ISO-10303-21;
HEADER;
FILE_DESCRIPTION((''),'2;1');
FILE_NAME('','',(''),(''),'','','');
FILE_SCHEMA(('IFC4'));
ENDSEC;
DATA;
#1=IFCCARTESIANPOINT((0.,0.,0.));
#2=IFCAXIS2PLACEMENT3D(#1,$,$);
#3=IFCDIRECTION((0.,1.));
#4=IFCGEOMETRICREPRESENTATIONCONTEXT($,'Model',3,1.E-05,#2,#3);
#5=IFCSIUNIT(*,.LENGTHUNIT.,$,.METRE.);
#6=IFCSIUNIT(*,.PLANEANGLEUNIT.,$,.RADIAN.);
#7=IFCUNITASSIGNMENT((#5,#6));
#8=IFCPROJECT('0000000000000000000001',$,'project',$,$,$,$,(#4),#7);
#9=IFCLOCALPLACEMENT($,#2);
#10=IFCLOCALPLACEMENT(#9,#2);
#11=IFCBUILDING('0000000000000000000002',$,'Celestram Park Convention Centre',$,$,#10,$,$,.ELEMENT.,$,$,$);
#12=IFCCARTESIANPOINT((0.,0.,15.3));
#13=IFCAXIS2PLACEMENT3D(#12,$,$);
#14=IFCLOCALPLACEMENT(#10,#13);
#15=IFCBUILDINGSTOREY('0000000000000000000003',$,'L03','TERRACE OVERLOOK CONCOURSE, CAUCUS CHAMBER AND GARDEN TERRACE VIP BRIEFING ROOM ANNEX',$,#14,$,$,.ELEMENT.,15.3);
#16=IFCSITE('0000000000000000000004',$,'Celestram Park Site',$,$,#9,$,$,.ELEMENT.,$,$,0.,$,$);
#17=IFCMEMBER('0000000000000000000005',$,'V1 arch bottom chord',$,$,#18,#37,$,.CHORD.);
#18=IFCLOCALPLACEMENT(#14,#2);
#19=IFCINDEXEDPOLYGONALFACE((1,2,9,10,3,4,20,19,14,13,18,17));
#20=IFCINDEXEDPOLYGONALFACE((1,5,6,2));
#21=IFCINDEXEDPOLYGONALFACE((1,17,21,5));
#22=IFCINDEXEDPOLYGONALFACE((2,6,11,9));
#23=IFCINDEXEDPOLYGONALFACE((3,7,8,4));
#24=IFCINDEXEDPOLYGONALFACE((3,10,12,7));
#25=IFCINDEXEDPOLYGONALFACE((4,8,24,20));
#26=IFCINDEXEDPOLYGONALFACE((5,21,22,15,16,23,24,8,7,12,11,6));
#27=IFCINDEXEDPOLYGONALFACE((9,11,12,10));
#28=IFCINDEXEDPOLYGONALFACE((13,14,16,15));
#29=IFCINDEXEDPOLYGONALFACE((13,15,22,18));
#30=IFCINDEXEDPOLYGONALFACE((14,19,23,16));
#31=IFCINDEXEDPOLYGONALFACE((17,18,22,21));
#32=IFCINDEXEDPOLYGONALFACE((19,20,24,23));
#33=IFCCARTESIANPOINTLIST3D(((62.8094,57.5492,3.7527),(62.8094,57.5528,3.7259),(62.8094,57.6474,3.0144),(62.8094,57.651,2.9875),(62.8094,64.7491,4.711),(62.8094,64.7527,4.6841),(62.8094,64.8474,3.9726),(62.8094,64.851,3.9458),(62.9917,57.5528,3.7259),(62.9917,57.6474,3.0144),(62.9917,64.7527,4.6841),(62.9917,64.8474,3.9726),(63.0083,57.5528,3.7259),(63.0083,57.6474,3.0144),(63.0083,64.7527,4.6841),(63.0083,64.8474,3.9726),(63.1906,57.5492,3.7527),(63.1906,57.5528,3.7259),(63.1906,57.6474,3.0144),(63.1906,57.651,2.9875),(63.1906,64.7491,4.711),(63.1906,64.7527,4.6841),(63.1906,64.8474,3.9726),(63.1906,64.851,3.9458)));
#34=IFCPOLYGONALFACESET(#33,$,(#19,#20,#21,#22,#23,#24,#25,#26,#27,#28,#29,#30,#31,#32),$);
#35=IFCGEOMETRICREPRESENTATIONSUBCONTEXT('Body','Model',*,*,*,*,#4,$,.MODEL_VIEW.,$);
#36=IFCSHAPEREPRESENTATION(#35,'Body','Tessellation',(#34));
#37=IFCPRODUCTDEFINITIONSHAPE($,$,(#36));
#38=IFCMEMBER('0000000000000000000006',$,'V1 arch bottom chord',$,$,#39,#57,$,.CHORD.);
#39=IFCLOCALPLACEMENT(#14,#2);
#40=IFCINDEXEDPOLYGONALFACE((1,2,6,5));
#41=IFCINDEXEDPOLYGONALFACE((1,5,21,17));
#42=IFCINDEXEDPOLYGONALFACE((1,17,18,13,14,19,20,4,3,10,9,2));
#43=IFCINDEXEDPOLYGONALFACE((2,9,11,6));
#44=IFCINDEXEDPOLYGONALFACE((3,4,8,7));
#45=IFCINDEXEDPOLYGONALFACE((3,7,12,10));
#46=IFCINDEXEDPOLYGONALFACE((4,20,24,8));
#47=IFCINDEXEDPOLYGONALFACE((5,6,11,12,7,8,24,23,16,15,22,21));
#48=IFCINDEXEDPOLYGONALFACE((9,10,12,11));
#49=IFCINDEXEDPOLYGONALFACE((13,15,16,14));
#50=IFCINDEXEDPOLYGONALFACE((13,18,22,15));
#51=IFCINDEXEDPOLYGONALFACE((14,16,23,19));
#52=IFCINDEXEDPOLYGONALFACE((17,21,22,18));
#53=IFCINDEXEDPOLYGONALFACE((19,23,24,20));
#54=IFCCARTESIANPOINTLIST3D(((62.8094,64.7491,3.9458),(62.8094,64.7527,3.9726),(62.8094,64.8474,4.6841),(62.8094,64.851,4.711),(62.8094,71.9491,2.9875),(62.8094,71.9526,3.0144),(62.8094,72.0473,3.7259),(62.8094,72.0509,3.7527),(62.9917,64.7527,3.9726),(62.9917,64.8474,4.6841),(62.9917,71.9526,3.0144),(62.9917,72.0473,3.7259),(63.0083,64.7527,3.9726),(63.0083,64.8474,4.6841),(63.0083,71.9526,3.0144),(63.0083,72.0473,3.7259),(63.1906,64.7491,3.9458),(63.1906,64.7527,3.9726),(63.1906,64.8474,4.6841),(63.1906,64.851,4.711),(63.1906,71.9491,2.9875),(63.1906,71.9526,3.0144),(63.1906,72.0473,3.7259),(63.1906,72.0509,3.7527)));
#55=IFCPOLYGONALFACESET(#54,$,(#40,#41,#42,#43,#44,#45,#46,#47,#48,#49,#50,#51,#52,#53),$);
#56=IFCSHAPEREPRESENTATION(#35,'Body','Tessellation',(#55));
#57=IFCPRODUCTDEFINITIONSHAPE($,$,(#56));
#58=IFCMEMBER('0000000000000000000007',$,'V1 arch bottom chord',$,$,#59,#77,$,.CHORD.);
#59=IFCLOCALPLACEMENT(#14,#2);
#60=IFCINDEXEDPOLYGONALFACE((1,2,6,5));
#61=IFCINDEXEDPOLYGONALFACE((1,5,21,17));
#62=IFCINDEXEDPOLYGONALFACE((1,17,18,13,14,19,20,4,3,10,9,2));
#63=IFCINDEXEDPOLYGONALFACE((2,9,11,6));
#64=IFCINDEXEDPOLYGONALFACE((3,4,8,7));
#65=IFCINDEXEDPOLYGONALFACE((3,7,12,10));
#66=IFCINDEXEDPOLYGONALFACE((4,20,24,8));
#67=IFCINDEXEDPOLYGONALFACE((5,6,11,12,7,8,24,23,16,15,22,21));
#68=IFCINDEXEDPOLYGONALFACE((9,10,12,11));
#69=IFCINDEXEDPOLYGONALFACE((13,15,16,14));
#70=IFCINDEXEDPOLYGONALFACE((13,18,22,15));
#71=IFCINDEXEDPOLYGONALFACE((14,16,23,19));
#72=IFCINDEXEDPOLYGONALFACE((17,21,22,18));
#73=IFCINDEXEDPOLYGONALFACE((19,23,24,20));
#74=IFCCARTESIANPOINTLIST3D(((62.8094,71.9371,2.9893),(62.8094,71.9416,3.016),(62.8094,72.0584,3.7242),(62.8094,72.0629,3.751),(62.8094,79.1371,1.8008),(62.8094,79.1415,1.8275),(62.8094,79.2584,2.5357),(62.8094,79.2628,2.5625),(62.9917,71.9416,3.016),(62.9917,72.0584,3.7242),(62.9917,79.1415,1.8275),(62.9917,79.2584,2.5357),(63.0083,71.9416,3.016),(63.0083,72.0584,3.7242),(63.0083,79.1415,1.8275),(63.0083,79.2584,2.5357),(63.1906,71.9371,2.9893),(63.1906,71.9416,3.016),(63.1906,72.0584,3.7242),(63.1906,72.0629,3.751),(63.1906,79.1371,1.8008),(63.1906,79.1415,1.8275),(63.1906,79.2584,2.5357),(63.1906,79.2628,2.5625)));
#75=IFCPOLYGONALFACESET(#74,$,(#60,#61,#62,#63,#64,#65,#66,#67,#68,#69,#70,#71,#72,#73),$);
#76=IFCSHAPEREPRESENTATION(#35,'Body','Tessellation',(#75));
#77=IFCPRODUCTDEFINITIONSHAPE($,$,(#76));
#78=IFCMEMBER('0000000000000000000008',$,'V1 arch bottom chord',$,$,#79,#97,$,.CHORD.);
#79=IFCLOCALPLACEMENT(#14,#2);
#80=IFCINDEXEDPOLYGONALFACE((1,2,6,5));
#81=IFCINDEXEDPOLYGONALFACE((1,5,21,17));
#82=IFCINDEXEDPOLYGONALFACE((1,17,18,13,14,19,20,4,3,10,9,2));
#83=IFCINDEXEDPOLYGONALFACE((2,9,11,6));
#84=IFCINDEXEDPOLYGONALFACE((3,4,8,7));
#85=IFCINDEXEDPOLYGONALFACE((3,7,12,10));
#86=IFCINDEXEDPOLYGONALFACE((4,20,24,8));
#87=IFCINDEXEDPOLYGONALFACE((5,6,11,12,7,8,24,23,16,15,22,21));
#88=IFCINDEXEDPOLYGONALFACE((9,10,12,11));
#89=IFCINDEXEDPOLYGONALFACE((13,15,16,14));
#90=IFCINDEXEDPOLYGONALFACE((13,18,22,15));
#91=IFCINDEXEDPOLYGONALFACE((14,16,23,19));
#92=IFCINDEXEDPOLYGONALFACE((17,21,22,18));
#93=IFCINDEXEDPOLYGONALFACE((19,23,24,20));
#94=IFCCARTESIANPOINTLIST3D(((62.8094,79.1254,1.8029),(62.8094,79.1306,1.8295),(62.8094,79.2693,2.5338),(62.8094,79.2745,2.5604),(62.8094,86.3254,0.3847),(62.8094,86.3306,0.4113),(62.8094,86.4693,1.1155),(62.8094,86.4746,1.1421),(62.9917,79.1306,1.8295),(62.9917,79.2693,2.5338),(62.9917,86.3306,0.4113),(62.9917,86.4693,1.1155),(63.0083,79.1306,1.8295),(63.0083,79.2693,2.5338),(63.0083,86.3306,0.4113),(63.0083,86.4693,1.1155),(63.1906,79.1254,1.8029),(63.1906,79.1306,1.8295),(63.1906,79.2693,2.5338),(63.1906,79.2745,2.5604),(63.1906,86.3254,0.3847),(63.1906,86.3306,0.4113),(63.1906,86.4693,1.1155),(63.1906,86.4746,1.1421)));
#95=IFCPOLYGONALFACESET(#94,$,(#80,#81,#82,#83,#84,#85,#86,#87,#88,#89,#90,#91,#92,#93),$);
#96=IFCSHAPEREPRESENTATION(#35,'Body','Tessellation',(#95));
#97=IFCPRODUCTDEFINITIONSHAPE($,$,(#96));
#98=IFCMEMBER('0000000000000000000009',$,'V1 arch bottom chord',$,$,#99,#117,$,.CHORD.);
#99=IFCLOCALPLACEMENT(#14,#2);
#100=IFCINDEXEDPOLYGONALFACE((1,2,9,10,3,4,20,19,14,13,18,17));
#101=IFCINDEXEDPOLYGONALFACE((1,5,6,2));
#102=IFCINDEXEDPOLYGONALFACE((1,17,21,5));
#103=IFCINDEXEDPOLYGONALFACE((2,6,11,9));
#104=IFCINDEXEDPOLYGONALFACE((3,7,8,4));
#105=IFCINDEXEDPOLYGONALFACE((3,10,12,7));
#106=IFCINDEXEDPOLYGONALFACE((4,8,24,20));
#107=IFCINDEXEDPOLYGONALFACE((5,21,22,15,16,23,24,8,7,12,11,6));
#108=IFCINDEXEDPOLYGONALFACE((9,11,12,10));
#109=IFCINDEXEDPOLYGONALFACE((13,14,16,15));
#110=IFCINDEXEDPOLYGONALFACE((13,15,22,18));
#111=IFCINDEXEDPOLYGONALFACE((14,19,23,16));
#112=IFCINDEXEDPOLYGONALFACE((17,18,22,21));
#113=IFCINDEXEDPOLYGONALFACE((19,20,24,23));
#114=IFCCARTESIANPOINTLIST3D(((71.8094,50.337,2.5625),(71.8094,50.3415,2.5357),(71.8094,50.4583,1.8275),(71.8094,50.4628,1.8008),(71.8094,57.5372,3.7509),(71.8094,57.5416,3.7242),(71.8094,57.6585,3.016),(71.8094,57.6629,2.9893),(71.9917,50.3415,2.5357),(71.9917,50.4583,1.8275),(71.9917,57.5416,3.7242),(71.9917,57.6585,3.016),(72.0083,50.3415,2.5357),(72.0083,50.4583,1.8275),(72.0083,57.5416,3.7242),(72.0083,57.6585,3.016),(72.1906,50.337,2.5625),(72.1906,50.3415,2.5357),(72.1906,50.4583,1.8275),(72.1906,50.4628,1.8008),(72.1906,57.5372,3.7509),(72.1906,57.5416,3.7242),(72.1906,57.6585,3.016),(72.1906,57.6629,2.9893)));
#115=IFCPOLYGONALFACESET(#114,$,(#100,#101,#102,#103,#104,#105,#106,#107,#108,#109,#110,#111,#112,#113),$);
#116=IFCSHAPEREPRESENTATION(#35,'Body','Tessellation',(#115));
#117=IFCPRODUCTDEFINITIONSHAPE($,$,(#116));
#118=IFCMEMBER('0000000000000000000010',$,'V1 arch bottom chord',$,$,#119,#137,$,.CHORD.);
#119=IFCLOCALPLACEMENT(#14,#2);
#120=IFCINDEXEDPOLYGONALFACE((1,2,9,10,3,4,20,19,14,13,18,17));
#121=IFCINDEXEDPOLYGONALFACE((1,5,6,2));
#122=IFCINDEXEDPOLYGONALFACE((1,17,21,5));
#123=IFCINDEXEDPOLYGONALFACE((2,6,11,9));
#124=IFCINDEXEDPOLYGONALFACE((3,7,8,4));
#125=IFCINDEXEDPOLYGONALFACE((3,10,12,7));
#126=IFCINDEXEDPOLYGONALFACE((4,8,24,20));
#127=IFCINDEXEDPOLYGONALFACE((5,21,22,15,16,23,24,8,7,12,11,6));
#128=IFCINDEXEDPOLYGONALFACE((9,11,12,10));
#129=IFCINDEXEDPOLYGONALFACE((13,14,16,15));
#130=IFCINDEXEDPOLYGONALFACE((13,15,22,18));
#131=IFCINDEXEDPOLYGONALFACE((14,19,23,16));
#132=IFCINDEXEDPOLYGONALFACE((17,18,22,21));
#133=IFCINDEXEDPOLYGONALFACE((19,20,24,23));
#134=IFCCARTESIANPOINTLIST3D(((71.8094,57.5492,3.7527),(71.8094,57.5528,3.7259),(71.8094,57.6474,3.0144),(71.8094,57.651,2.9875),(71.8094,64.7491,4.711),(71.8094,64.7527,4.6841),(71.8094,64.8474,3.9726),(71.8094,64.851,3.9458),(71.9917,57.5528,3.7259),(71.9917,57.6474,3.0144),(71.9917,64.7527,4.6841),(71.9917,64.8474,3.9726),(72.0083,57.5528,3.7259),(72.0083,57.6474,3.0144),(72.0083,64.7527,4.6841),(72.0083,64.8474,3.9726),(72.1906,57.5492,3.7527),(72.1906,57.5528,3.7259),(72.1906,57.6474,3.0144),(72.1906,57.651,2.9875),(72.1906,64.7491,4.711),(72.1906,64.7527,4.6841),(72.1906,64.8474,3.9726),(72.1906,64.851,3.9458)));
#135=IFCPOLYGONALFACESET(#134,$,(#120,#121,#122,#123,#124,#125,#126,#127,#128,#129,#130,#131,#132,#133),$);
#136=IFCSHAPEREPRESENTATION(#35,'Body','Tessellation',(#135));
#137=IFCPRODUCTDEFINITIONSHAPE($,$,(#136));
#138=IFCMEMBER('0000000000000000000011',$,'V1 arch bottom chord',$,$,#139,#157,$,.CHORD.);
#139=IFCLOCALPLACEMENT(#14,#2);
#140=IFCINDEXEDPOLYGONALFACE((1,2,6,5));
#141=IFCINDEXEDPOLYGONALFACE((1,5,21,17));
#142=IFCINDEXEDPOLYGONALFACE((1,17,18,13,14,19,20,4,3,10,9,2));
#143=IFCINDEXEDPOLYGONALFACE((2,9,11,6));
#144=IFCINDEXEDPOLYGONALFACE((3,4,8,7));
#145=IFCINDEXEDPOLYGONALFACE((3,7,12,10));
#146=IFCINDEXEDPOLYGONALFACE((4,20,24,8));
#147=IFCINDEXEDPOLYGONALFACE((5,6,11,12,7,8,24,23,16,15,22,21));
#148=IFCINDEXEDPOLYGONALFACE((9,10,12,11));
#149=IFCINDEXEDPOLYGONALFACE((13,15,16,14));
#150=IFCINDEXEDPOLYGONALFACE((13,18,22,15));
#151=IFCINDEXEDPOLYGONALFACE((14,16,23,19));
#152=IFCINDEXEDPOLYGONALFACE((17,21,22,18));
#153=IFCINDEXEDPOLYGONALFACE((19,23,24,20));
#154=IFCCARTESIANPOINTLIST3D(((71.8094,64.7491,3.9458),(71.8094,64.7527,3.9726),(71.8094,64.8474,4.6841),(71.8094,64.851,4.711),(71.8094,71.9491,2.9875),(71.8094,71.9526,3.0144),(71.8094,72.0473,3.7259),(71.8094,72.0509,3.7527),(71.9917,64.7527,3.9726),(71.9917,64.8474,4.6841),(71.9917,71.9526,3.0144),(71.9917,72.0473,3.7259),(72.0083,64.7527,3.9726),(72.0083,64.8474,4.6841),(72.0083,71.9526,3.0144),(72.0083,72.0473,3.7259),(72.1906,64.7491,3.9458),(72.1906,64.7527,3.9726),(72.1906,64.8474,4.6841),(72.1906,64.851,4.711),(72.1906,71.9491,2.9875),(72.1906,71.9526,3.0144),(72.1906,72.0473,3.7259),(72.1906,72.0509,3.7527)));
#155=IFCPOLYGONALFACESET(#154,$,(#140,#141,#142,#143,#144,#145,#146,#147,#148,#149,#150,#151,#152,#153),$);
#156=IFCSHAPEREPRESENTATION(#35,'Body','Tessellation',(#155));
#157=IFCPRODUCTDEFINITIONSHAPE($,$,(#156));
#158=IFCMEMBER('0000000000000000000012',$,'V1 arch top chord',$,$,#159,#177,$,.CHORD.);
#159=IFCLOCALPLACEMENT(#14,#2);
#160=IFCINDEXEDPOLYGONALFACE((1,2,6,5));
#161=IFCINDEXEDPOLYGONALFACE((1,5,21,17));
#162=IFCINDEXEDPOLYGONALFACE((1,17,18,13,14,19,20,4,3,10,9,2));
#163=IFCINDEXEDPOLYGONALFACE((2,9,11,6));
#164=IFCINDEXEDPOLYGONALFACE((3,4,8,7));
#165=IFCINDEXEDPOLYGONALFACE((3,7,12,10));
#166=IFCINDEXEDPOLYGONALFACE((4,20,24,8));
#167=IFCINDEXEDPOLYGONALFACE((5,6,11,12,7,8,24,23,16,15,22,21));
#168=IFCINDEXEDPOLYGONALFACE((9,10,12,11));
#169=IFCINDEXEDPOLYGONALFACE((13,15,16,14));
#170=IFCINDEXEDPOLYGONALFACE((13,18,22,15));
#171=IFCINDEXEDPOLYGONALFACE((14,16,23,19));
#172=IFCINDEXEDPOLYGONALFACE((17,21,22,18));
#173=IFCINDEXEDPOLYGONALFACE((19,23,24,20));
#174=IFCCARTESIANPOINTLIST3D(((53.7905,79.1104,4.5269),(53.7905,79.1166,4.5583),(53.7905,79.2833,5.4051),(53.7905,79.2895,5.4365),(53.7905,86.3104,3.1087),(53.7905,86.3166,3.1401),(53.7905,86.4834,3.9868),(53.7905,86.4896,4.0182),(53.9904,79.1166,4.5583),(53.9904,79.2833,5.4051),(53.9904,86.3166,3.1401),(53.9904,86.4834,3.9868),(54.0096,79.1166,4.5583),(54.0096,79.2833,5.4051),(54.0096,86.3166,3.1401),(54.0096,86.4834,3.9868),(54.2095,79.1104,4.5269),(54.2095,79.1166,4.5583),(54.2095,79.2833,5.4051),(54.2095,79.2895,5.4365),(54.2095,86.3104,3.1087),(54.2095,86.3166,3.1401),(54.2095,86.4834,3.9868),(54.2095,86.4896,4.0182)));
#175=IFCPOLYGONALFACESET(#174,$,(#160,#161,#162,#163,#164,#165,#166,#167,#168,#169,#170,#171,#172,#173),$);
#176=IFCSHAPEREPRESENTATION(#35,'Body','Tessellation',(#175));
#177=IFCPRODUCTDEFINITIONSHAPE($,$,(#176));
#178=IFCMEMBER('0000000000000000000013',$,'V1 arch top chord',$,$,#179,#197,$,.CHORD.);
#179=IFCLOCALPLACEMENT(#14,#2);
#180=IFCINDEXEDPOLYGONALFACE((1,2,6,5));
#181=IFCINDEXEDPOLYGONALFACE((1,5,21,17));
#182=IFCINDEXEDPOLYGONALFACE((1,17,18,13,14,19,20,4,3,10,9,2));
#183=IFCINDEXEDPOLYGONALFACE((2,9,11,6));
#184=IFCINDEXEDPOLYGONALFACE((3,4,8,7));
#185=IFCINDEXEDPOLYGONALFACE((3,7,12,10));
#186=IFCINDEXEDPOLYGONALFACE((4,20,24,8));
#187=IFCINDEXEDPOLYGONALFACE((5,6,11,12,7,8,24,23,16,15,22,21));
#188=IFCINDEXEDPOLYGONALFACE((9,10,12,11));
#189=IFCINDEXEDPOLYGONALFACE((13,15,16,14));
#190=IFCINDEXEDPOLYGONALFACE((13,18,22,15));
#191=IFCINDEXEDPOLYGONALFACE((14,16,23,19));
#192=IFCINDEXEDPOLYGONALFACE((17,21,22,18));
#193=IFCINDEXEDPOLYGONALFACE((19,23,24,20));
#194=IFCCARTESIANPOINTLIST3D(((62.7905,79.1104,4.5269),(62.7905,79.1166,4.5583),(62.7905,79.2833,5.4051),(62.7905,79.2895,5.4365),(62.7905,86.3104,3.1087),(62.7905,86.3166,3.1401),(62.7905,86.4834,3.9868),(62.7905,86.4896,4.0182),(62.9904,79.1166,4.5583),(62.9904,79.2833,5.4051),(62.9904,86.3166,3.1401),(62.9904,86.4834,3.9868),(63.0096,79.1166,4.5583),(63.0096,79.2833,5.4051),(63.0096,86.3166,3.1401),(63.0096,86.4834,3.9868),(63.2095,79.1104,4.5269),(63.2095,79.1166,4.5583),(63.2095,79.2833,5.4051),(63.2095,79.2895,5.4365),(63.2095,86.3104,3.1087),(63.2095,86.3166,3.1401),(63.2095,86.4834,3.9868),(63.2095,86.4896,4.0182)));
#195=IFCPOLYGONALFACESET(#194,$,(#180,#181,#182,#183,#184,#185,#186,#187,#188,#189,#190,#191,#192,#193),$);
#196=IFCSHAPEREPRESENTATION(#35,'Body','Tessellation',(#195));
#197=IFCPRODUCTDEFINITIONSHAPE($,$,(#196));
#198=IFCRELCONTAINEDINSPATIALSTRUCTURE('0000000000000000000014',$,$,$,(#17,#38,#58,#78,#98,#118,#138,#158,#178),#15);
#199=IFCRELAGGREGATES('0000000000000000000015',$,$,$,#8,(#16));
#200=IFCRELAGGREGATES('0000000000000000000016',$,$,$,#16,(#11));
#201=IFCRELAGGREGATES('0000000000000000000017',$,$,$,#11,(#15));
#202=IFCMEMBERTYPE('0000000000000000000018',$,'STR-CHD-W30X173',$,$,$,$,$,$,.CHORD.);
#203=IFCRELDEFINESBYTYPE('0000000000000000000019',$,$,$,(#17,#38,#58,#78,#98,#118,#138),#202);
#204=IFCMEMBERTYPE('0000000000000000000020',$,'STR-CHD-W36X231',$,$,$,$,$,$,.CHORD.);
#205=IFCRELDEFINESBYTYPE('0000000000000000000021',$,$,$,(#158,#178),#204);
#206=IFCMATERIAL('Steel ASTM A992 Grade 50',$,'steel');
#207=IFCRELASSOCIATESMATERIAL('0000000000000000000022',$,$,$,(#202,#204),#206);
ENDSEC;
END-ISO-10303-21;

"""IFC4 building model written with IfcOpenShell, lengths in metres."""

from ifc_helpers import new_model, si_unit, direction, frame, origin, origin_2d, place, context, subcontext, project, spatial, i_section, extrude, material, material_profile, profile_set, type_object, element, save


model = new_model("IFC4")

# Units and contexts
model_context = context("Model", 3, precision=1e-05, world=origin(), true_north=direction((0.0, 1.0)))
body_context = subcontext(model_context, "Body", "Model", "MODEL_VIEW")
ifc_project = project(units=[si_unit("LENGTHUNIT", "METRE"), si_unit("PLANEANGLEUNIT", "RADIAN")], contexts=[model_context])

# Site, building, storey
site_placement = place(None, origin())
site = spatial("IfcSite", under=ifc_project, at=site_placement, Name="Celestram Park Site", CompositionType="ELEMENT", RefElevation=0.0)
building_placement = place(site_placement, origin())
building = spatial("IfcBuilding", under=site, at=building_placement, Name="Celestram Park Convention Centre", CompositionType="ELEMENT")
storey_placement = place(building_placement, frame((0.0, 0.0, 15.3)))
storey = spatial("IfcBuildingStorey", under=building, at=storey_placement, Name="L03", Description="TERRACE OVERLOOK CONCOURSE, CAUCUS CHAMBER AND GARDEN TERRACE VIP BRIEFING ROOM ANNEX", CompositionType="ELEMENT", Elevation=15.3)

# Members
ifc_material_1 = material(Name="Steel ASTM A992 Grade 50", Category="steel")
ifc_material_profile_1 = material_profile(ifc_material_1, i_section(OverallWidth=0.3811, OverallDepth=0.772, WebThickness=0.0166, FlangeThickness=0.0271, at=origin_2d()), Name="W30X173")
ifc_profile_set_1 = profile_set([ifc_material_profile_1], Name="Steel ASTM A992 Grade 50")
member_type_1 = type_object("IfcMemberType", Name="STR-CHD-W30X173", PredefinedType="CHORD", material=ifc_profile_set_1)
for number, where, z_axis, x_axis, name in (
    (1, (63.0, 57.6001, 3.3701), (0.0, 0.991259, 0.131928), (-1.0, 0.0, 0.0), "V1 arch bottom chord"),
    (2, (63.0, 64.8, 4.3284), (0.0, 0.991259, -0.131928), (-1.0, 0.0, 0.0), "V1 arch bottom chord"),
):
    element("IfcMember", number, at=place(storey_placement, frame(where, z_axis=z_axis, x_axis=x_axis)), inside=storey, type_object=member_type_1, Name=name, PredefinedType="CHORD", context=body_context, shape_type="SweptSolid", body=[
        extrude(i_section(OverallWidth=0.3811, OverallDepth=0.772, WebThickness=0.0166, FlangeThickness=0.0271, at=origin_2d()), origin(), (0.0, 0.0, 1.0), 7.2634),
    ])
member_1_placement = place(storey_placement, frame((63.0, 72.0, 3.3701), z_axis=(0.0, 0.986649, -0.162863), x_axis=(-1.0, 0.0, 0.0)))
element("IfcMember", 3, at=member_1_placement, inside=storey, type_object=member_type_1, Name="V1 arch bottom chord", PredefinedType="CHORD", context=body_context, shape_type="SweptSolid", body=[
    extrude(i_section(OverallWidth=0.3811, OverallDepth=0.772, WebThickness=0.0166, FlangeThickness=0.0271, at=origin_2d()), origin(), (0.0, 0.0, 1.0), 7.2974),
])
member_2_placement = place(storey_placement, frame((63.0, 79.2, 2.1816), z_axis=(0.0, 0.981147, -0.193262), x_axis=(-1.0, 0.0, 0.0)))
element("IfcMember", 4, at=member_2_placement, inside=storey, type_object=member_type_1, Name="V1 arch bottom chord", PredefinedType="CHORD", context=body_context, shape_type="SweptSolid", body=[
    extrude(i_section(OverallWidth=0.3811, OverallDepth=0.772, WebThickness=0.0166, FlangeThickness=0.0271, at=origin_2d()), origin(), (0.0, 0.0, 1.0), 7.3384),
])
member_3_placement = place(storey_placement, frame((72.0, 50.3999, 2.1816), z_axis=(0.0, 0.98665, 0.162858), x_axis=(-1.0, 0.0, 0.0)))
element("IfcMember", 5, at=member_3_placement, inside=storey, type_object=member_type_1, Name="V1 arch bottom chord", PredefinedType="CHORD", context=body_context, shape_type="SweptSolid", body=[
    extrude(i_section(OverallWidth=0.3811, OverallDepth=0.772, WebThickness=0.0166, FlangeThickness=0.0271, at=origin_2d()), origin(), (0.0, 0.0, 1.0), 7.2976),
])
for number, where, z_axis, x_axis, name in (
    (6, (72.0, 57.6001, 3.3701), (0.0, 0.991259, 0.131928), (-1.0, 0.0, 0.0), "V1 arch bottom chord"),
    (7, (72.0, 64.8, 4.3284), (0.0, 0.991259, -0.131928), (-1.0, 0.0, 0.0), "V1 arch bottom chord"),
):
    element("IfcMember", number, at=place(storey_placement, frame(where, z_axis=z_axis, x_axis=x_axis)), inside=storey, type_object=member_type_1, Name=name, PredefinedType="CHORD", context=body_context, shape_type="SweptSolid", body=[
        extrude(i_section(OverallWidth=0.3811, OverallDepth=0.772, WebThickness=0.0166, FlangeThickness=0.0271, at=origin_2d()), origin(), (0.0, 0.0, 1.0), 7.2634),
    ])
ifc_material_profile_2 = material_profile(ifc_material_1, i_section(OverallWidth=0.4189, OverallDepth=0.927, WebThickness=0.0193, FlangeThickness=0.032, at=origin_2d()), Name="W36X231")
ifc_profile_set_2 = profile_set([ifc_material_profile_2], Name="Steel ASTM A992 Grade 50")
member_type_2 = type_object("IfcMemberType", Name="STR-CHD-W36X231", PredefinedType="CHORD", material=ifc_profile_set_2)
for number, where, z_axis, x_axis, name in (
    (8, (54.0, 79.2, 4.9817), (0.0, 0.981147, -0.193262), (-1.0, 0.0, 0.0), "V1 arch top chord"),
    (9, (63.0, 79.2, 4.9817), (0.0, 0.981147, -0.193262), (-1.0, 0.0, 0.0), "V1 arch top chord"),
):
    element("IfcMember", number, at=place(storey_placement, frame(where, z_axis=z_axis, x_axis=x_axis)), inside=storey, type_object=member_type_2, Name=name, PredefinedType="CHORD", context=body_context, shape_type="SweptSolid", body=[
        extrude(i_section(OverallWidth=0.4189, OverallDepth=0.927, WebThickness=0.0193, FlangeThickness=0.032, at=origin_2d()), origin(), (0.0, 0.0, 1.0), 7.3384),
    ])

save(model, "model.ifc")
